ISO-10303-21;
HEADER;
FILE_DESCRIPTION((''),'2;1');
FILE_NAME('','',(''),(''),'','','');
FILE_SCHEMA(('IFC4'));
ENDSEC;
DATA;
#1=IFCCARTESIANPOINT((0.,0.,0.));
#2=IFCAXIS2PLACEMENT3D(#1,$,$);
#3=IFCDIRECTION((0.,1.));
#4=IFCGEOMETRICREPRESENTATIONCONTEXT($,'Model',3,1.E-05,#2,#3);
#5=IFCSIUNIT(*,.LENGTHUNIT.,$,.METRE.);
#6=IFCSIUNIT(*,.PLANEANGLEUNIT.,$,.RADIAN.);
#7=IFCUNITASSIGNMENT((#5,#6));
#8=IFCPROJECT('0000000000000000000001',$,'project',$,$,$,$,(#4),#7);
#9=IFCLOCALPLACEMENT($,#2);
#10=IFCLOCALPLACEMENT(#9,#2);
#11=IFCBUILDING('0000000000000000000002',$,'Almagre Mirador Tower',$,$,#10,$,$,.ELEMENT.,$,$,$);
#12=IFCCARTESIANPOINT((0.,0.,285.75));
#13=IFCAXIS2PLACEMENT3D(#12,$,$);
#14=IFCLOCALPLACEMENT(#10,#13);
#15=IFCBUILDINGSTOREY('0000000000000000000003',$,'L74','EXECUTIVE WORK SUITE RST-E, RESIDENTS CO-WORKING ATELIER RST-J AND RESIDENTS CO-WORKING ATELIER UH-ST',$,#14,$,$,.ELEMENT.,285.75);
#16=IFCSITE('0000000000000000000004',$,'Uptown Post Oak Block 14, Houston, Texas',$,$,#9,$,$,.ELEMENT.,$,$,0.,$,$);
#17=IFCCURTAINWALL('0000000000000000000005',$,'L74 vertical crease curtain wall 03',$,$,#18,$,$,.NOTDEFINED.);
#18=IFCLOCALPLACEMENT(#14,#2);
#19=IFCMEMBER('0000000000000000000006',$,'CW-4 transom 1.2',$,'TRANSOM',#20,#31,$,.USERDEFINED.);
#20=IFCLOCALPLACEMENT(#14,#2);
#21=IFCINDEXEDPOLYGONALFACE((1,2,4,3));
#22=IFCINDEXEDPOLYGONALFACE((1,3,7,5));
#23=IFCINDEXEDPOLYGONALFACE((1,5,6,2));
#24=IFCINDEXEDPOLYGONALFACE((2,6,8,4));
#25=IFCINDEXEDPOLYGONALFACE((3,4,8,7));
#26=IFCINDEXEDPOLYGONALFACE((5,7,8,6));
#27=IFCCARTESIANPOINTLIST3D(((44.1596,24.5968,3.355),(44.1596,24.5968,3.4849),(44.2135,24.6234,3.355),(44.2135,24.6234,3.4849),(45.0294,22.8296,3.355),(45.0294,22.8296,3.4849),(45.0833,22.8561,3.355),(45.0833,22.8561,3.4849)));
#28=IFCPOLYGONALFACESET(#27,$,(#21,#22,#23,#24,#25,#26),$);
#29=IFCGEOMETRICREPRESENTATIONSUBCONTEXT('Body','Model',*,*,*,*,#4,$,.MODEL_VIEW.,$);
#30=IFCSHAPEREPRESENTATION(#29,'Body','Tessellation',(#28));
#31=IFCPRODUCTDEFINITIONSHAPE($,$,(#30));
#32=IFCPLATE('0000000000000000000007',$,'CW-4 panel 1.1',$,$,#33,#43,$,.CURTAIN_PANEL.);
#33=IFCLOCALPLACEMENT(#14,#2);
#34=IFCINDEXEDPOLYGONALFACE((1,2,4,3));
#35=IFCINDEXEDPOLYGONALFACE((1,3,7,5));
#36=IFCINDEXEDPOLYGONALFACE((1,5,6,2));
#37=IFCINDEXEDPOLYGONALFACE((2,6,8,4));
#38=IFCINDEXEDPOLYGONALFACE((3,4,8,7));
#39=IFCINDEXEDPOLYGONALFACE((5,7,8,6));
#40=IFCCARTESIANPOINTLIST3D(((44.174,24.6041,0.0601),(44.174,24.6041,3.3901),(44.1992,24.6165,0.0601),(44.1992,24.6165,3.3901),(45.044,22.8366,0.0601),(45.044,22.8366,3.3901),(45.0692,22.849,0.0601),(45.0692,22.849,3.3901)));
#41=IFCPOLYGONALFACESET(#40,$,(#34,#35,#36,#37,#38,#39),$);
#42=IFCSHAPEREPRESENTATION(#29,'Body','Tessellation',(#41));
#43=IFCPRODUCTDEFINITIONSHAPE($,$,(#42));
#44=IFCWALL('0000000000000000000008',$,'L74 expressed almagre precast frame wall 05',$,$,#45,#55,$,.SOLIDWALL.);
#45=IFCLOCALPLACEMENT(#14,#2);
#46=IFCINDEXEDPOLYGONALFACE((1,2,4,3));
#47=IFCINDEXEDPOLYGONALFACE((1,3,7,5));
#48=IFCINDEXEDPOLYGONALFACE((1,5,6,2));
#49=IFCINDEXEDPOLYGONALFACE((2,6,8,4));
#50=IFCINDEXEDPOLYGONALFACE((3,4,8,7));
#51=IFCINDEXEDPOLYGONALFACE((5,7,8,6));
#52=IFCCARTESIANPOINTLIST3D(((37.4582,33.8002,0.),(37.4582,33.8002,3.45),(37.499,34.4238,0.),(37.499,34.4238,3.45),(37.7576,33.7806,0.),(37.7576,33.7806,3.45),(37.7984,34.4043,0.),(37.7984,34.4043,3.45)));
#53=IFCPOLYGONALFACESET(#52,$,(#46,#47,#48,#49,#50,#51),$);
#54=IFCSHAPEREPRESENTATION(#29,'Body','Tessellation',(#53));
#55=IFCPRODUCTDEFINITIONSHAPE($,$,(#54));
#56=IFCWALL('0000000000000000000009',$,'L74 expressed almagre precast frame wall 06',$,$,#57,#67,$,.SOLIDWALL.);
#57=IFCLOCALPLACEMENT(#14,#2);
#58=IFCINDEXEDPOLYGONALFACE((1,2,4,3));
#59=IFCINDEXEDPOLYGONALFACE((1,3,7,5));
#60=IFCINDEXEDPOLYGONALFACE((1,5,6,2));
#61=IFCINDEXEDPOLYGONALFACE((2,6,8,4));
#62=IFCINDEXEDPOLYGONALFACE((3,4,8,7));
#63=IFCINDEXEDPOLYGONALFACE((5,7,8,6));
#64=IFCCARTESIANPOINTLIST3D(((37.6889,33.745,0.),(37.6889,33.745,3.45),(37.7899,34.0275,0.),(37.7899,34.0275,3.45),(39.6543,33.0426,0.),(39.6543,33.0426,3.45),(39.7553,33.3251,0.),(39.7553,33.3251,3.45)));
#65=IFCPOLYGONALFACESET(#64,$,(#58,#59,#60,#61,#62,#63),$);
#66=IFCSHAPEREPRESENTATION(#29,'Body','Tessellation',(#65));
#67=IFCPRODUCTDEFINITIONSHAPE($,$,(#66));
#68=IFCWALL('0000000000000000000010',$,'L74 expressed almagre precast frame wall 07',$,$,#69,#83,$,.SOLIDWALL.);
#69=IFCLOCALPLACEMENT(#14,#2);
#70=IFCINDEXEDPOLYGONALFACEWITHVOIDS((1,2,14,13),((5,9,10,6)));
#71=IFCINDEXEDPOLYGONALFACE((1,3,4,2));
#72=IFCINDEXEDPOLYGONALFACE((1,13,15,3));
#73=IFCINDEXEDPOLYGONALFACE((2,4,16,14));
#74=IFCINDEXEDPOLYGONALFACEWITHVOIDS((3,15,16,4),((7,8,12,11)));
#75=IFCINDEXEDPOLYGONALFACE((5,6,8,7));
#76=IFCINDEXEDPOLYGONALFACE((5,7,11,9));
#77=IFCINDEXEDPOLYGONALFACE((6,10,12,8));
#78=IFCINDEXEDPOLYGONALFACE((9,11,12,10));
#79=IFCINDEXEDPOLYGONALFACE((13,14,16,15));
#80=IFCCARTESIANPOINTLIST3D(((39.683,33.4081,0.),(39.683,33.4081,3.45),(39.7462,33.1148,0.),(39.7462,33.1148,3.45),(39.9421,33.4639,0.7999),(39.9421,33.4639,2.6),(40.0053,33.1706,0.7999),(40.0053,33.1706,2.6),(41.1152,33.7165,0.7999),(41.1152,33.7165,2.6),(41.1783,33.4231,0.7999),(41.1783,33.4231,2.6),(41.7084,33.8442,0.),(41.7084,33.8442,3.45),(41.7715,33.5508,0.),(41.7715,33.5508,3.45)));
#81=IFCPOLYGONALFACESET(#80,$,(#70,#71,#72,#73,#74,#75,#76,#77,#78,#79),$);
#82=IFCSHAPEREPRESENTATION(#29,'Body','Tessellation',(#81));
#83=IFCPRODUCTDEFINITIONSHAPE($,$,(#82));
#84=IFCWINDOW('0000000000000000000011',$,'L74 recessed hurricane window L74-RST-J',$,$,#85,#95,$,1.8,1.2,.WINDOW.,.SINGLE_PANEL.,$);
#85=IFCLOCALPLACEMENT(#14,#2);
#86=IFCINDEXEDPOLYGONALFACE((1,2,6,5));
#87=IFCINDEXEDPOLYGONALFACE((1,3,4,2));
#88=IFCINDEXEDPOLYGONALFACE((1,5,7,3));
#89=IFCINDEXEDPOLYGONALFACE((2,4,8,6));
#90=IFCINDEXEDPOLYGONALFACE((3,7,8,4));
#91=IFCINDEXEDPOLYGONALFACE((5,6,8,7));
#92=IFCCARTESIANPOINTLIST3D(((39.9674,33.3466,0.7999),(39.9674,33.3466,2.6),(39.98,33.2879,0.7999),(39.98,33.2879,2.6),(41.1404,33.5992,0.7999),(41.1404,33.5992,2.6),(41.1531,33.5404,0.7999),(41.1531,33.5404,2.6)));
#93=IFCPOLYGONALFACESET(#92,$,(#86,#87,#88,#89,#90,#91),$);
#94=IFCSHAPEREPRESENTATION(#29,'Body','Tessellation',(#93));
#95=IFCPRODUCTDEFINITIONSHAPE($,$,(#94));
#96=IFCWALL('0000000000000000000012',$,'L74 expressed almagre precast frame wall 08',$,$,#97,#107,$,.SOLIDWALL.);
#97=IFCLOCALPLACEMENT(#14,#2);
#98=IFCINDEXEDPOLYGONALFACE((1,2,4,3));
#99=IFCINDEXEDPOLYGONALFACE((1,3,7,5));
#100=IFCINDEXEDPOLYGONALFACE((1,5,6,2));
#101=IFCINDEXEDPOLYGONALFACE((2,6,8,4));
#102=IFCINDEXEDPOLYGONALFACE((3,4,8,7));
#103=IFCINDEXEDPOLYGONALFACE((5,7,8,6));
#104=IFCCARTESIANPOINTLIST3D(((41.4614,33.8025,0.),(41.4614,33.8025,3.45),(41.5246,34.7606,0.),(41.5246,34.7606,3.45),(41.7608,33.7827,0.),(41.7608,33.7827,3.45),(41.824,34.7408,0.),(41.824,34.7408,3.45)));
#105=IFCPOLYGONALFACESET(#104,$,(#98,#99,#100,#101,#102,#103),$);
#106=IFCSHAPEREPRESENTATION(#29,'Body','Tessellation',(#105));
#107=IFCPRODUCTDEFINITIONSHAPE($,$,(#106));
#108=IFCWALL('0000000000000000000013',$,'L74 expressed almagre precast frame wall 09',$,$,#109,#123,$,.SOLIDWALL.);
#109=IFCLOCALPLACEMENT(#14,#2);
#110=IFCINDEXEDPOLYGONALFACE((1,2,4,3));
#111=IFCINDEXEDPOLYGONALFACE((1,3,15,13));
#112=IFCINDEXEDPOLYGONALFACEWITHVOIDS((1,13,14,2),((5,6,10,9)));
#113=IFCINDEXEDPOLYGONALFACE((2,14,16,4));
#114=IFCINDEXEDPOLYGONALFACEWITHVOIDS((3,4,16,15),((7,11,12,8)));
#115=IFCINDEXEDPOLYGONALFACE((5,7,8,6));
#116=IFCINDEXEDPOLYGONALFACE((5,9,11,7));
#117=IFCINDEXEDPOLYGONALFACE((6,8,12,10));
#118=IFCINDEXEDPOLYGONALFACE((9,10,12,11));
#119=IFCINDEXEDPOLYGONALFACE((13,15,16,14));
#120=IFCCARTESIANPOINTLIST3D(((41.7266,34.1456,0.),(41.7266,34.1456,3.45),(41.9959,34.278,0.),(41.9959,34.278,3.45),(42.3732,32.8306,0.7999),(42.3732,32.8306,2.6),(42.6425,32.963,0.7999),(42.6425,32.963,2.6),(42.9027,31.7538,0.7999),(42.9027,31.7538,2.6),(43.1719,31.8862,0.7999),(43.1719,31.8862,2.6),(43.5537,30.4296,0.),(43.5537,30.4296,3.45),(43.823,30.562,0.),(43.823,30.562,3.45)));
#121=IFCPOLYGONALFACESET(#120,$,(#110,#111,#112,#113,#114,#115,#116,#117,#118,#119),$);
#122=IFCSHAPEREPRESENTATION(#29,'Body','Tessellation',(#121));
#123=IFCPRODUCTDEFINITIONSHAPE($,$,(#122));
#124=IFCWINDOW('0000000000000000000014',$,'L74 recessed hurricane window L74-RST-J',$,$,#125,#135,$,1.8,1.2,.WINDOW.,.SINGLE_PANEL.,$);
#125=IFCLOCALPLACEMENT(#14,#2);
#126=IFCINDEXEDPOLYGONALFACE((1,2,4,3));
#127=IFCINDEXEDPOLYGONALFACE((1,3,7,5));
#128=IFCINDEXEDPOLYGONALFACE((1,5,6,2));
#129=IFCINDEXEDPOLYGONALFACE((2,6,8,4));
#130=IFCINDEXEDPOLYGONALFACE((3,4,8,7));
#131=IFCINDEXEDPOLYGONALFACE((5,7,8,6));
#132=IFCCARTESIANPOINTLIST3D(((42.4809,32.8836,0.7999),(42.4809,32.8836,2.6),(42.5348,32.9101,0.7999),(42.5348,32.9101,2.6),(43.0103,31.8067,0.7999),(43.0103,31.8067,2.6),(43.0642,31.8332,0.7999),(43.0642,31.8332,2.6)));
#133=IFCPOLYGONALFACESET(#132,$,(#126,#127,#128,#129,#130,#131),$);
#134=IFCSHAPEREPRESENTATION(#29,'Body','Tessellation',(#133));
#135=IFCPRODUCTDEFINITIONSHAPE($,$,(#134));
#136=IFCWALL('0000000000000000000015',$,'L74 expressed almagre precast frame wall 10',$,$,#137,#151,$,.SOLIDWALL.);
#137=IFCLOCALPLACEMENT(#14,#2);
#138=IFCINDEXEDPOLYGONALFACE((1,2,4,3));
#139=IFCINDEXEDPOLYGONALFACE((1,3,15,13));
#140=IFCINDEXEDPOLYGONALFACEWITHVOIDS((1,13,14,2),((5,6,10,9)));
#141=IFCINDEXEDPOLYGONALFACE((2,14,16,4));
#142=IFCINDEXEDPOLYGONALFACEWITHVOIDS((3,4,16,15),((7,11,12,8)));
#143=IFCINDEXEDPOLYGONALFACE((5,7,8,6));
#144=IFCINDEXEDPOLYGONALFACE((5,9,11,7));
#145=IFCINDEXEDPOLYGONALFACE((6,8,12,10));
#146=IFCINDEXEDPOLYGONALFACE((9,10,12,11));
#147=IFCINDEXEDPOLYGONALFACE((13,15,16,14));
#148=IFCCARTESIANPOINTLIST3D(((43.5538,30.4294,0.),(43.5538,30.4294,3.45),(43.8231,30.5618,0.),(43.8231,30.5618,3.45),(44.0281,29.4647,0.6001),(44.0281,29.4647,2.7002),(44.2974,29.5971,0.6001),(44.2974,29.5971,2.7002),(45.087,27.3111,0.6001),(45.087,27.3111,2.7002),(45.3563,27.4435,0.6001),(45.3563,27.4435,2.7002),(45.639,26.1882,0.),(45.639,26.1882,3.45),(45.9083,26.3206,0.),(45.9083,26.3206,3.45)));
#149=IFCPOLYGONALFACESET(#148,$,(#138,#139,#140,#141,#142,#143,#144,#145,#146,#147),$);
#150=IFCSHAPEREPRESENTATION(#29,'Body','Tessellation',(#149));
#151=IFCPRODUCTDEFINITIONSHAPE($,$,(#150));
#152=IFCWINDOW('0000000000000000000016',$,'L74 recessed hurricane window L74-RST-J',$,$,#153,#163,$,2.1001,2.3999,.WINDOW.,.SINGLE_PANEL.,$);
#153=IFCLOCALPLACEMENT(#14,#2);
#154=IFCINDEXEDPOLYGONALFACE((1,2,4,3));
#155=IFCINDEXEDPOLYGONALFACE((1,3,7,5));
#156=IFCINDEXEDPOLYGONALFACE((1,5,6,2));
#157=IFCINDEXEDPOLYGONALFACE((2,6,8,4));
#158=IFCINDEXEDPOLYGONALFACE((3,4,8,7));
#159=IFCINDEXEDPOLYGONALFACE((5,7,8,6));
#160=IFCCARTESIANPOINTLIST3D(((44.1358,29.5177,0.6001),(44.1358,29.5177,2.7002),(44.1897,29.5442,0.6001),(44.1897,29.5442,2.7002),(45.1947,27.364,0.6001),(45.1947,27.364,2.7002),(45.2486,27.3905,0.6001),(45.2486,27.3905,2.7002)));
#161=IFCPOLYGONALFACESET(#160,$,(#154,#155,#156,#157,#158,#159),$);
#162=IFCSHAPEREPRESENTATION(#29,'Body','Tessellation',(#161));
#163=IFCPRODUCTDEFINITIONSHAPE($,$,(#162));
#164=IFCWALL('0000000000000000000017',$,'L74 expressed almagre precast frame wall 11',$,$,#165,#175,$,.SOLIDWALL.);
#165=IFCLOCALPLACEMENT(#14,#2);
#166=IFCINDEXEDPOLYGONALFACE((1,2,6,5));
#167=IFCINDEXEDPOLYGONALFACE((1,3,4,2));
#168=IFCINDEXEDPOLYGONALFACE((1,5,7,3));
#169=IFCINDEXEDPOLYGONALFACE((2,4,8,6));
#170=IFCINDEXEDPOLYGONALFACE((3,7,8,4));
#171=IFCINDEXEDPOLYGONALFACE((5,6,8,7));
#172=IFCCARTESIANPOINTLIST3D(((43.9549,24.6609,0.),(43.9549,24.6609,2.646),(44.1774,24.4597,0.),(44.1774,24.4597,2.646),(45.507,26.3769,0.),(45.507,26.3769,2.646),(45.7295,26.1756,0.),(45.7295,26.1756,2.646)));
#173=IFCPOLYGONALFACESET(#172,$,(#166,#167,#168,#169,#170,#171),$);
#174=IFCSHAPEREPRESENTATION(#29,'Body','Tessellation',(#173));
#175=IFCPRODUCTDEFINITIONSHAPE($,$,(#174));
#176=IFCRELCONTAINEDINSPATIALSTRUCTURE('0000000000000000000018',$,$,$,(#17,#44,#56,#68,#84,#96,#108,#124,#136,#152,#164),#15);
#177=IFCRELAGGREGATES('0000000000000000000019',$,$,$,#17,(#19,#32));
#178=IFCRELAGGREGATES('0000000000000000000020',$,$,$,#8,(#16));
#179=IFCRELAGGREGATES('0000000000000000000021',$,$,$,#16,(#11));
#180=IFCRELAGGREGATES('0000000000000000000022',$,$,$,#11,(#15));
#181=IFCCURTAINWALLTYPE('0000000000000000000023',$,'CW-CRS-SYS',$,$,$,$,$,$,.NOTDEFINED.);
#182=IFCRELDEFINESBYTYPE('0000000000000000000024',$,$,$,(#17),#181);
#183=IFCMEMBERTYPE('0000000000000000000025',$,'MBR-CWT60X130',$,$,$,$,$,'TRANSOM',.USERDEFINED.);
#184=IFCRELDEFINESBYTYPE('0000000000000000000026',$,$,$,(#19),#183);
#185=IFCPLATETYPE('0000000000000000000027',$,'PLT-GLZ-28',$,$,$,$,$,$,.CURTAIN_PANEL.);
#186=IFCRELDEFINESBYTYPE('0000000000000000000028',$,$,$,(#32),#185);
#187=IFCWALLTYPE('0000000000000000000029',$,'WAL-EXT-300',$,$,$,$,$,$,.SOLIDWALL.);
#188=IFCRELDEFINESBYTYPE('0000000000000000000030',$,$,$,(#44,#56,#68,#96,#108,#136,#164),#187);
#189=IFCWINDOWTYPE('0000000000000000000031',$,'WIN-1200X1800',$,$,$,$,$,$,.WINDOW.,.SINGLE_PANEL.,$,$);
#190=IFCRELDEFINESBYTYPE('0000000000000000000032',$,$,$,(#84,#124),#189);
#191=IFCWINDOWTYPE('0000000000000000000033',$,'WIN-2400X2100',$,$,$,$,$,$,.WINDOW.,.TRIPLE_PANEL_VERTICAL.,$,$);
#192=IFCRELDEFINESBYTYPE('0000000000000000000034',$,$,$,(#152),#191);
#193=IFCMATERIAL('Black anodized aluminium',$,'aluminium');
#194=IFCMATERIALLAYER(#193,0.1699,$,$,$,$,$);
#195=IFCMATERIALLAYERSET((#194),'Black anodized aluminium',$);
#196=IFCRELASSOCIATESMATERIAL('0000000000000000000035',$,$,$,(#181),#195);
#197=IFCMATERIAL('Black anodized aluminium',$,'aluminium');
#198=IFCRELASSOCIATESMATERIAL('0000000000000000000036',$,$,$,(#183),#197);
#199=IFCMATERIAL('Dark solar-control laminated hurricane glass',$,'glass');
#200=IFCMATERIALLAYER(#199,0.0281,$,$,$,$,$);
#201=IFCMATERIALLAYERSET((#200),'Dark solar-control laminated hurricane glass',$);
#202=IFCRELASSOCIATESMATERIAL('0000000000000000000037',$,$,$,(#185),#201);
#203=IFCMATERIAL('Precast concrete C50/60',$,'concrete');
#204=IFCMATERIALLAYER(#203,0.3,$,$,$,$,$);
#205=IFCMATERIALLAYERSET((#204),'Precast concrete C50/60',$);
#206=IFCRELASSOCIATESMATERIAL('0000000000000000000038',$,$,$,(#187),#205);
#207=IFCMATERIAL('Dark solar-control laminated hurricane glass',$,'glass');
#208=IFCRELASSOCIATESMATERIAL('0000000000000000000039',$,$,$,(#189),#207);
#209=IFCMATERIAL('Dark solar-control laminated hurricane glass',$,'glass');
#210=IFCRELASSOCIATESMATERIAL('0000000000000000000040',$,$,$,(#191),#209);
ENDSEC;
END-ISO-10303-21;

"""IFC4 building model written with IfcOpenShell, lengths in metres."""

from ifc_helpers import new_model, si_unit, direction, frame, frame_2d, origin, origin_2d, place, context, subcontext, project, spatial, rectangle, extrude, material, layer, layer_set, material_profile, profile_set, type_object, element, fill, aggregate, save


model = new_model("IFC4")

# Units and contexts
model_context = context("Model", 3, precision=1e-05, world=origin(), true_north=direction((0.0, 1.0)))
body_context = subcontext(model_context, "Body", "Model", "MODEL_VIEW")
ifc_project = project(units=[si_unit("LENGTHUNIT", "METRE"), si_unit("PLANEANGLEUNIT", "RADIAN")], contexts=[model_context])

# Site, building, storey
site_placement = place(None, origin())
site = spatial("IfcSite", under=ifc_project, at=site_placement, Name="Uptown Post Oak Block 14, Houston, Texas", CompositionType="ELEMENT", RefElevation=0.0)
building_placement = place(site_placement, origin())
building = spatial("IfcBuilding", under=site, at=building_placement, Name="Almagre Mirador Tower", CompositionType="ELEMENT")
storey_placement = place(building_placement, frame((0.0, 0.0, 285.75)))
storey = spatial("IfcBuildingStorey", under=building, at=storey_placement, Name="L74", Description="EXECUTIVE WORK SUITE RST-E, RESIDENTS CO-WORKING ATELIER RST-J AND RESIDENTS CO-WORKING ATELIER UH-ST", CompositionType="ELEMENT", Elevation=285.75)

# Curtain wall, member, plate
ifc_material_1 = material(Name="Black anodized aluminium", Category="aluminium")
ifc_layer_1 = layer(ifc_material_1, 0.1699)
ifc_layer_set_1 = layer_set([ifc_layer_1], Name="Black anodized aluminium")
curtain_wall_type = type_object("IfcCurtainWallType", Name="CW-CRS-SYS", PredefinedType="NOTDEFINED", material=ifc_layer_set_1)
curtain_wall_placement = place(storey_placement, origin())
curtain_wall = element("IfcCurtainWall", 1, at=curtain_wall_placement, inside=storey, type_object=curtain_wall_type, Name="L74 vertical crease curtain wall 03", PredefinedType="NOTDEFINED")
ifc_material_2 = material(Name="Black anodized aluminium", Category="aluminium")
ifc_material_profile_1 = material_profile(ifc_material_2, rectangle(XDim=0.0601, YDim=0.1299, at=origin_2d()), Name="CWT60X130")
ifc_profile_set_1 = profile_set([ifc_material_profile_1], Name="Black anodized aluminium")
member_type_1 = type_object("IfcMemberType", Name="MBR-CWT60X130", ElementType="TRANSOM", PredefinedType="USERDEFINED", material=ifc_profile_set_1)
member_1_placement = place(storey_placement, frame((44.1865, 24.6101, 3.4199), z_axis=(0.441603, -0.897211, 0.0), x_axis=(0.897211, 0.441603, 0.0)))
member_1 = element("IfcMember", 2, at=member_1_placement, type_object=member_type_1, Name="CW-4 transom 1.2", ObjectType="TRANSOM", PredefinedType="USERDEFINED", context=body_context, shape_type="SweptSolid", body=[
    extrude(rectangle(XDim=0.0601, YDim=0.1299, at=origin_2d()), origin(), (0.0, 0.0, 1.0), 1.9697),
])
ifc_material_3 = material(Name="Dark solar-control laminated hurricane glass", Category="glass")
ifc_layer_2 = layer(ifc_material_3, 0.0281)
ifc_layer_set_2 = layer_set([ifc_layer_2], Name="Dark solar-control laminated hurricane glass")
plate_type = type_object("IfcPlateType", Name="PLT-GLZ-28", PredefinedType="CURTAIN_PANEL", material=ifc_layer_set_2)
plate_placement = place(storey_placement, frame((44.6216, 23.7266, 0.0601), z_axis=(0.0, 0.0, 1.0), x_axis=(0.441654, -0.897185, 0.0)))
plate = element("IfcPlate", 3, at=plate_placement, type_object=plate_type, Name="CW-4 panel 1.1", PredefinedType="CURTAIN_PANEL", context=body_context, shape_type="SweptSolid", body=[
    extrude(rectangle(XDim=1.97, YDim=0.0281, at=origin_2d()), origin(), (0.0, 0.0, 1.0), 3.3301),
])
aggregate(curtain_wall, [member_1, plate])

# Walls
ifc_material_4 = material(Name="Precast concrete C50/60", Category="concrete")
ifc_layer_3 = layer(ifc_material_4, 0.3)
ifc_layer_set_3 = layer_set([ifc_layer_3], Name="Precast concrete C50/60")
wall_type_1 = type_object("IfcWallType", Name="WAL-EXT-300", PredefinedType="SOLIDWALL", material=ifc_layer_set_3)
wall_1_placement = place(storey_placement, frame((37.6487, 34.4141, 0.0), z_axis=(0.0, 0.0, 1.0), x_axis=(-0.065223, -0.997871, 0.0)))
element("IfcWall", 4, at=wall_1_placement, inside=storey, type_object=wall_type_1, Name="L74 expressed almagre precast frame wall 05", PredefinedType="SOLIDWALL", context=body_context, shape_type="SweptSolid", body=[
    extrude(rectangle(XDim=0.625, YDim=0.3, at=frame_2d((0.3125, 0.0))), origin(), (0.0, 0.0, 1.0), 3.45),
])
wall_2_placement = place(storey_placement, frame((37.7395, 33.8862, 0.0), z_axis=(0.0, 0.0, 1.0), x_axis=(0.941668, -0.336544, 0.0)))
element("IfcWall", 5, at=wall_2_placement, inside=storey, type_object=wall_type_1, Name="L74 expressed almagre precast frame wall 06", PredefinedType="SOLIDWALL", context=body_context, shape_type="SweptSolid", body=[
    extrude(rectangle(XDim=2.0872, YDim=0.3, at=frame_2d((1.0435, 0.0))), origin(), (0.0, 0.0, 1.0), 3.45),
])

# Wall, opening, window
wall_3_placement = place(storey_placement, frame((39.7146, 33.2615, 0.0), z_axis=(0.0, 0.0, 1.0), x_axis=(0.977602, 0.210463, 0.0)))
wall_3 = element("IfcWall", 6, at=wall_3_placement, inside=storey, type_object=wall_type_1, Name="L74 expressed almagre precast frame wall 07", PredefinedType="SOLIDWALL", context=body_context, shape_type="SweptSolid", body=[
    extrude(rectangle(XDim=2.0718, YDim=0.3, at=frame_2d((1.0359, 0.0))), origin(), (0.0, 0.0, 1.0), 3.45),
])
opening_1_placement = place(wall_3_placement, frame((0.2649, 0.0, 0.8)))
opening_1 = element("IfcOpeningElement", 7, at=opening_1_placement, cuts=wall_3, PredefinedType="OPENING", context=body_context, shape_type="SweptSolid", body=[
    extrude(rectangle(XDim=1.2, YDim=1.8, at=frame_2d((0.6001, 0.8999))), frame((0.0, 0.1599, 0.0), z_axis=(0.0, -1.0, 0.0), x_axis=(1.0, 0.0, 0.0)), (0.0, 0.0, 1.0), 0.32),
])
ifc_material_5 = material(Name="Dark solar-control laminated hurricane glass", Category="glass")
window_type_1 = type_object("IfcWindowType", Name="WIN-1200X1800", PartitioningType="SINGLE_PANEL", PredefinedType="WINDOW", material=ifc_material_5)
window_1_placement = place(opening_1_placement, origin())
window_1 = element("IfcWindow", 8, at=window_1_placement, inside=storey, type_object=window_type_1, Name="L74 recessed hurricane window L74-RST-J", OverallHeight=1.8, OverallWidth=1.2, PartitioningType="SINGLE_PANEL", PredefinedType="WINDOW", context=body_context, shape_type="SweptSolid", body=[
    extrude(rectangle(XDim=1.2, YDim=1.8, at=frame_2d((0.6001, 0.8999))), frame((0.0, 0.03, 0.0), z_axis=(0.0, -1.0, 0.0), x_axis=(1.0, 0.0, 0.0)), (0.0, 0.0, 1.0), 0.0601),
])
fill(opening_1, window_1)

# Wall
wall_4_placement = place(storey_placement, frame((41.6111, 33.7927, 0.0), z_axis=(0.0, 0.0, 1.0), x_axis=(0.065861, 0.997829, 0.0)))
element("IfcWall", 9, at=wall_4_placement, inside=storey, type_object=wall_type_1, Name="L74 expressed almagre precast frame wall 08", PredefinedType="SOLIDWALL", context=body_context, shape_type="SweptSolid", body=[
    extrude(rectangle(XDim=0.9602, YDim=0.3, at=frame_2d((0.48, 0.0))), origin(), (0.0, 0.0, 1.0), 3.45),
])

# Walls, openings, windows
wall_5_placement = place(storey_placement, frame((41.8613, 34.2117, 0.0), z_axis=(0.0, 0.0, 1.0), x_axis=(0.441237, -0.897391, 0.0)))
wall_5 = element("IfcWall", 10, at=wall_5_placement, inside=storey, type_object=wall_type_1, Name="L74 expressed almagre precast frame wall 09", PredefinedType="SOLIDWALL", context=body_context, shape_type="SweptSolid", body=[
    extrude(rectangle(XDim=4.1409, YDim=0.3, at=frame_2d((2.0703, 0.0))), origin(), (0.0, 0.0, 1.0), 3.45),
])
opening_2_placement = place(wall_5_placement, frame((1.4651, 0.0, 0.8)))
opening_2 = element("IfcOpeningElement", 11, at=opening_2_placement, cuts=wall_5, PredefinedType="OPENING", context=body_context, shape_type="SweptSolid", body=[
    extrude(rectangle(XDim=1.2, YDim=1.8, at=frame_2d((0.6001, 0.8999))), frame((0.0, 0.1599, 0.0), z_axis=(0.0, -1.0, 0.0), x_axis=(1.0, 0.0, 0.0)), (0.0, 0.0, 1.0), 0.32),
])
window_2_placement = place(opening_2_placement, origin())
window_2 = element("IfcWindow", 12, at=window_2_placement, inside=storey, type_object=window_type_1, Name="L74 recessed hurricane window L74-RST-J", OverallHeight=1.8, OverallWidth=1.2, PartitioningType="SINGLE_PANEL", PredefinedType="WINDOW", context=body_context, shape_type="SweptSolid", body=[
    extrude(rectangle(XDim=1.2, YDim=1.8, at=frame_2d((0.6001, 0.8999))), frame((0.0, 0.03, 0.0), z_axis=(0.0, -1.0, 0.0), x_axis=(1.0, 0.0, 0.0)), (0.0, 0.0, 1.0), 0.0601),
])
fill(opening_2, window_2)
wall_6_placement = place(storey_placement, frame((43.6885, 30.4956, 0.0), z_axis=(0.0, 0.0, 1.0), x_axis=(0.441211, -0.897403, 0.0)))
wall_6 = element("IfcWall", 13, at=wall_6_placement, inside=storey, type_object=wall_type_1, Name="L74 expressed almagre precast frame wall 10", PredefinedType="SOLIDWALL", context=body_context, shape_type="SweptSolid", body=[
    extrude(rectangle(XDim=4.7261, YDim=0.3, at=frame_2d((2.363, 0.0))), origin(), (0.0, 0.0, 1.0), 3.45),
])
opening_3_placement = place(wall_6_placement, frame((1.075, 0.0, 0.6001)))
opening_3 = element("IfcOpeningElement", 14, at=opening_3_placement, cuts=wall_6, PredefinedType="OPENING", context=body_context, shape_type="SweptSolid", body=[
    extrude(rectangle(XDim=2.3999, YDim=2.1001, at=frame_2d((1.2, 1.05))), frame((0.0, 0.1599, 0.0), z_axis=(0.0, -1.0, 0.0), x_axis=(1.0, 0.0, 0.0)), (0.0, 0.0, 1.0), 0.32),
])
ifc_material_6 = material(Name="Dark solar-control laminated hurricane glass", Category="glass")
window_type_2 = type_object("IfcWindowType", Name="WIN-2400X2100", PartitioningType="TRIPLE_PANEL_VERTICAL", PredefinedType="WINDOW", material=ifc_material_6)
window_3_placement = place(opening_3_placement, origin())
window_3 = element("IfcWindow", 15, at=window_3_placement, inside=storey, type_object=window_type_2, Name="L74 recessed hurricane window L74-RST-J", OverallHeight=2.1001, OverallWidth=2.3999, PartitioningType="SINGLE_PANEL", PredefinedType="WINDOW", context=body_context, shape_type="SweptSolid", body=[
    extrude(rectangle(XDim=2.3999, YDim=2.1001, at=frame_2d((1.2, 1.05))), frame((0.0, 0.03, 0.0), z_axis=(0.0, -1.0, 0.0), x_axis=(1.0, 0.0, 0.0)), (0.0, 0.0, 1.0), 0.0601),
])
fill(opening_3, window_3)

# Wall
wall_7_placement = place(storey_placement, frame((45.6182, 26.2761, 0.0), z_axis=(0.0, 0.0, 1.0), x_axis=(-0.670817, -0.741623, 0.0)))
element("IfcWall", 16, at=wall_7_placement, inside=storey, type_object=wall_type_1, Name="L74 expressed almagre precast frame wall 11", PredefinedType="SOLIDWALL", context=body_context, shape_type="SweptSolid", body=[
    extrude(rectangle(XDim=2.3137, YDim=0.3, at=frame_2d((1.1567, 0.0))), origin(), (0.0, 0.0, 1.0), 2.646),
])

save(model, "model.ifc")
